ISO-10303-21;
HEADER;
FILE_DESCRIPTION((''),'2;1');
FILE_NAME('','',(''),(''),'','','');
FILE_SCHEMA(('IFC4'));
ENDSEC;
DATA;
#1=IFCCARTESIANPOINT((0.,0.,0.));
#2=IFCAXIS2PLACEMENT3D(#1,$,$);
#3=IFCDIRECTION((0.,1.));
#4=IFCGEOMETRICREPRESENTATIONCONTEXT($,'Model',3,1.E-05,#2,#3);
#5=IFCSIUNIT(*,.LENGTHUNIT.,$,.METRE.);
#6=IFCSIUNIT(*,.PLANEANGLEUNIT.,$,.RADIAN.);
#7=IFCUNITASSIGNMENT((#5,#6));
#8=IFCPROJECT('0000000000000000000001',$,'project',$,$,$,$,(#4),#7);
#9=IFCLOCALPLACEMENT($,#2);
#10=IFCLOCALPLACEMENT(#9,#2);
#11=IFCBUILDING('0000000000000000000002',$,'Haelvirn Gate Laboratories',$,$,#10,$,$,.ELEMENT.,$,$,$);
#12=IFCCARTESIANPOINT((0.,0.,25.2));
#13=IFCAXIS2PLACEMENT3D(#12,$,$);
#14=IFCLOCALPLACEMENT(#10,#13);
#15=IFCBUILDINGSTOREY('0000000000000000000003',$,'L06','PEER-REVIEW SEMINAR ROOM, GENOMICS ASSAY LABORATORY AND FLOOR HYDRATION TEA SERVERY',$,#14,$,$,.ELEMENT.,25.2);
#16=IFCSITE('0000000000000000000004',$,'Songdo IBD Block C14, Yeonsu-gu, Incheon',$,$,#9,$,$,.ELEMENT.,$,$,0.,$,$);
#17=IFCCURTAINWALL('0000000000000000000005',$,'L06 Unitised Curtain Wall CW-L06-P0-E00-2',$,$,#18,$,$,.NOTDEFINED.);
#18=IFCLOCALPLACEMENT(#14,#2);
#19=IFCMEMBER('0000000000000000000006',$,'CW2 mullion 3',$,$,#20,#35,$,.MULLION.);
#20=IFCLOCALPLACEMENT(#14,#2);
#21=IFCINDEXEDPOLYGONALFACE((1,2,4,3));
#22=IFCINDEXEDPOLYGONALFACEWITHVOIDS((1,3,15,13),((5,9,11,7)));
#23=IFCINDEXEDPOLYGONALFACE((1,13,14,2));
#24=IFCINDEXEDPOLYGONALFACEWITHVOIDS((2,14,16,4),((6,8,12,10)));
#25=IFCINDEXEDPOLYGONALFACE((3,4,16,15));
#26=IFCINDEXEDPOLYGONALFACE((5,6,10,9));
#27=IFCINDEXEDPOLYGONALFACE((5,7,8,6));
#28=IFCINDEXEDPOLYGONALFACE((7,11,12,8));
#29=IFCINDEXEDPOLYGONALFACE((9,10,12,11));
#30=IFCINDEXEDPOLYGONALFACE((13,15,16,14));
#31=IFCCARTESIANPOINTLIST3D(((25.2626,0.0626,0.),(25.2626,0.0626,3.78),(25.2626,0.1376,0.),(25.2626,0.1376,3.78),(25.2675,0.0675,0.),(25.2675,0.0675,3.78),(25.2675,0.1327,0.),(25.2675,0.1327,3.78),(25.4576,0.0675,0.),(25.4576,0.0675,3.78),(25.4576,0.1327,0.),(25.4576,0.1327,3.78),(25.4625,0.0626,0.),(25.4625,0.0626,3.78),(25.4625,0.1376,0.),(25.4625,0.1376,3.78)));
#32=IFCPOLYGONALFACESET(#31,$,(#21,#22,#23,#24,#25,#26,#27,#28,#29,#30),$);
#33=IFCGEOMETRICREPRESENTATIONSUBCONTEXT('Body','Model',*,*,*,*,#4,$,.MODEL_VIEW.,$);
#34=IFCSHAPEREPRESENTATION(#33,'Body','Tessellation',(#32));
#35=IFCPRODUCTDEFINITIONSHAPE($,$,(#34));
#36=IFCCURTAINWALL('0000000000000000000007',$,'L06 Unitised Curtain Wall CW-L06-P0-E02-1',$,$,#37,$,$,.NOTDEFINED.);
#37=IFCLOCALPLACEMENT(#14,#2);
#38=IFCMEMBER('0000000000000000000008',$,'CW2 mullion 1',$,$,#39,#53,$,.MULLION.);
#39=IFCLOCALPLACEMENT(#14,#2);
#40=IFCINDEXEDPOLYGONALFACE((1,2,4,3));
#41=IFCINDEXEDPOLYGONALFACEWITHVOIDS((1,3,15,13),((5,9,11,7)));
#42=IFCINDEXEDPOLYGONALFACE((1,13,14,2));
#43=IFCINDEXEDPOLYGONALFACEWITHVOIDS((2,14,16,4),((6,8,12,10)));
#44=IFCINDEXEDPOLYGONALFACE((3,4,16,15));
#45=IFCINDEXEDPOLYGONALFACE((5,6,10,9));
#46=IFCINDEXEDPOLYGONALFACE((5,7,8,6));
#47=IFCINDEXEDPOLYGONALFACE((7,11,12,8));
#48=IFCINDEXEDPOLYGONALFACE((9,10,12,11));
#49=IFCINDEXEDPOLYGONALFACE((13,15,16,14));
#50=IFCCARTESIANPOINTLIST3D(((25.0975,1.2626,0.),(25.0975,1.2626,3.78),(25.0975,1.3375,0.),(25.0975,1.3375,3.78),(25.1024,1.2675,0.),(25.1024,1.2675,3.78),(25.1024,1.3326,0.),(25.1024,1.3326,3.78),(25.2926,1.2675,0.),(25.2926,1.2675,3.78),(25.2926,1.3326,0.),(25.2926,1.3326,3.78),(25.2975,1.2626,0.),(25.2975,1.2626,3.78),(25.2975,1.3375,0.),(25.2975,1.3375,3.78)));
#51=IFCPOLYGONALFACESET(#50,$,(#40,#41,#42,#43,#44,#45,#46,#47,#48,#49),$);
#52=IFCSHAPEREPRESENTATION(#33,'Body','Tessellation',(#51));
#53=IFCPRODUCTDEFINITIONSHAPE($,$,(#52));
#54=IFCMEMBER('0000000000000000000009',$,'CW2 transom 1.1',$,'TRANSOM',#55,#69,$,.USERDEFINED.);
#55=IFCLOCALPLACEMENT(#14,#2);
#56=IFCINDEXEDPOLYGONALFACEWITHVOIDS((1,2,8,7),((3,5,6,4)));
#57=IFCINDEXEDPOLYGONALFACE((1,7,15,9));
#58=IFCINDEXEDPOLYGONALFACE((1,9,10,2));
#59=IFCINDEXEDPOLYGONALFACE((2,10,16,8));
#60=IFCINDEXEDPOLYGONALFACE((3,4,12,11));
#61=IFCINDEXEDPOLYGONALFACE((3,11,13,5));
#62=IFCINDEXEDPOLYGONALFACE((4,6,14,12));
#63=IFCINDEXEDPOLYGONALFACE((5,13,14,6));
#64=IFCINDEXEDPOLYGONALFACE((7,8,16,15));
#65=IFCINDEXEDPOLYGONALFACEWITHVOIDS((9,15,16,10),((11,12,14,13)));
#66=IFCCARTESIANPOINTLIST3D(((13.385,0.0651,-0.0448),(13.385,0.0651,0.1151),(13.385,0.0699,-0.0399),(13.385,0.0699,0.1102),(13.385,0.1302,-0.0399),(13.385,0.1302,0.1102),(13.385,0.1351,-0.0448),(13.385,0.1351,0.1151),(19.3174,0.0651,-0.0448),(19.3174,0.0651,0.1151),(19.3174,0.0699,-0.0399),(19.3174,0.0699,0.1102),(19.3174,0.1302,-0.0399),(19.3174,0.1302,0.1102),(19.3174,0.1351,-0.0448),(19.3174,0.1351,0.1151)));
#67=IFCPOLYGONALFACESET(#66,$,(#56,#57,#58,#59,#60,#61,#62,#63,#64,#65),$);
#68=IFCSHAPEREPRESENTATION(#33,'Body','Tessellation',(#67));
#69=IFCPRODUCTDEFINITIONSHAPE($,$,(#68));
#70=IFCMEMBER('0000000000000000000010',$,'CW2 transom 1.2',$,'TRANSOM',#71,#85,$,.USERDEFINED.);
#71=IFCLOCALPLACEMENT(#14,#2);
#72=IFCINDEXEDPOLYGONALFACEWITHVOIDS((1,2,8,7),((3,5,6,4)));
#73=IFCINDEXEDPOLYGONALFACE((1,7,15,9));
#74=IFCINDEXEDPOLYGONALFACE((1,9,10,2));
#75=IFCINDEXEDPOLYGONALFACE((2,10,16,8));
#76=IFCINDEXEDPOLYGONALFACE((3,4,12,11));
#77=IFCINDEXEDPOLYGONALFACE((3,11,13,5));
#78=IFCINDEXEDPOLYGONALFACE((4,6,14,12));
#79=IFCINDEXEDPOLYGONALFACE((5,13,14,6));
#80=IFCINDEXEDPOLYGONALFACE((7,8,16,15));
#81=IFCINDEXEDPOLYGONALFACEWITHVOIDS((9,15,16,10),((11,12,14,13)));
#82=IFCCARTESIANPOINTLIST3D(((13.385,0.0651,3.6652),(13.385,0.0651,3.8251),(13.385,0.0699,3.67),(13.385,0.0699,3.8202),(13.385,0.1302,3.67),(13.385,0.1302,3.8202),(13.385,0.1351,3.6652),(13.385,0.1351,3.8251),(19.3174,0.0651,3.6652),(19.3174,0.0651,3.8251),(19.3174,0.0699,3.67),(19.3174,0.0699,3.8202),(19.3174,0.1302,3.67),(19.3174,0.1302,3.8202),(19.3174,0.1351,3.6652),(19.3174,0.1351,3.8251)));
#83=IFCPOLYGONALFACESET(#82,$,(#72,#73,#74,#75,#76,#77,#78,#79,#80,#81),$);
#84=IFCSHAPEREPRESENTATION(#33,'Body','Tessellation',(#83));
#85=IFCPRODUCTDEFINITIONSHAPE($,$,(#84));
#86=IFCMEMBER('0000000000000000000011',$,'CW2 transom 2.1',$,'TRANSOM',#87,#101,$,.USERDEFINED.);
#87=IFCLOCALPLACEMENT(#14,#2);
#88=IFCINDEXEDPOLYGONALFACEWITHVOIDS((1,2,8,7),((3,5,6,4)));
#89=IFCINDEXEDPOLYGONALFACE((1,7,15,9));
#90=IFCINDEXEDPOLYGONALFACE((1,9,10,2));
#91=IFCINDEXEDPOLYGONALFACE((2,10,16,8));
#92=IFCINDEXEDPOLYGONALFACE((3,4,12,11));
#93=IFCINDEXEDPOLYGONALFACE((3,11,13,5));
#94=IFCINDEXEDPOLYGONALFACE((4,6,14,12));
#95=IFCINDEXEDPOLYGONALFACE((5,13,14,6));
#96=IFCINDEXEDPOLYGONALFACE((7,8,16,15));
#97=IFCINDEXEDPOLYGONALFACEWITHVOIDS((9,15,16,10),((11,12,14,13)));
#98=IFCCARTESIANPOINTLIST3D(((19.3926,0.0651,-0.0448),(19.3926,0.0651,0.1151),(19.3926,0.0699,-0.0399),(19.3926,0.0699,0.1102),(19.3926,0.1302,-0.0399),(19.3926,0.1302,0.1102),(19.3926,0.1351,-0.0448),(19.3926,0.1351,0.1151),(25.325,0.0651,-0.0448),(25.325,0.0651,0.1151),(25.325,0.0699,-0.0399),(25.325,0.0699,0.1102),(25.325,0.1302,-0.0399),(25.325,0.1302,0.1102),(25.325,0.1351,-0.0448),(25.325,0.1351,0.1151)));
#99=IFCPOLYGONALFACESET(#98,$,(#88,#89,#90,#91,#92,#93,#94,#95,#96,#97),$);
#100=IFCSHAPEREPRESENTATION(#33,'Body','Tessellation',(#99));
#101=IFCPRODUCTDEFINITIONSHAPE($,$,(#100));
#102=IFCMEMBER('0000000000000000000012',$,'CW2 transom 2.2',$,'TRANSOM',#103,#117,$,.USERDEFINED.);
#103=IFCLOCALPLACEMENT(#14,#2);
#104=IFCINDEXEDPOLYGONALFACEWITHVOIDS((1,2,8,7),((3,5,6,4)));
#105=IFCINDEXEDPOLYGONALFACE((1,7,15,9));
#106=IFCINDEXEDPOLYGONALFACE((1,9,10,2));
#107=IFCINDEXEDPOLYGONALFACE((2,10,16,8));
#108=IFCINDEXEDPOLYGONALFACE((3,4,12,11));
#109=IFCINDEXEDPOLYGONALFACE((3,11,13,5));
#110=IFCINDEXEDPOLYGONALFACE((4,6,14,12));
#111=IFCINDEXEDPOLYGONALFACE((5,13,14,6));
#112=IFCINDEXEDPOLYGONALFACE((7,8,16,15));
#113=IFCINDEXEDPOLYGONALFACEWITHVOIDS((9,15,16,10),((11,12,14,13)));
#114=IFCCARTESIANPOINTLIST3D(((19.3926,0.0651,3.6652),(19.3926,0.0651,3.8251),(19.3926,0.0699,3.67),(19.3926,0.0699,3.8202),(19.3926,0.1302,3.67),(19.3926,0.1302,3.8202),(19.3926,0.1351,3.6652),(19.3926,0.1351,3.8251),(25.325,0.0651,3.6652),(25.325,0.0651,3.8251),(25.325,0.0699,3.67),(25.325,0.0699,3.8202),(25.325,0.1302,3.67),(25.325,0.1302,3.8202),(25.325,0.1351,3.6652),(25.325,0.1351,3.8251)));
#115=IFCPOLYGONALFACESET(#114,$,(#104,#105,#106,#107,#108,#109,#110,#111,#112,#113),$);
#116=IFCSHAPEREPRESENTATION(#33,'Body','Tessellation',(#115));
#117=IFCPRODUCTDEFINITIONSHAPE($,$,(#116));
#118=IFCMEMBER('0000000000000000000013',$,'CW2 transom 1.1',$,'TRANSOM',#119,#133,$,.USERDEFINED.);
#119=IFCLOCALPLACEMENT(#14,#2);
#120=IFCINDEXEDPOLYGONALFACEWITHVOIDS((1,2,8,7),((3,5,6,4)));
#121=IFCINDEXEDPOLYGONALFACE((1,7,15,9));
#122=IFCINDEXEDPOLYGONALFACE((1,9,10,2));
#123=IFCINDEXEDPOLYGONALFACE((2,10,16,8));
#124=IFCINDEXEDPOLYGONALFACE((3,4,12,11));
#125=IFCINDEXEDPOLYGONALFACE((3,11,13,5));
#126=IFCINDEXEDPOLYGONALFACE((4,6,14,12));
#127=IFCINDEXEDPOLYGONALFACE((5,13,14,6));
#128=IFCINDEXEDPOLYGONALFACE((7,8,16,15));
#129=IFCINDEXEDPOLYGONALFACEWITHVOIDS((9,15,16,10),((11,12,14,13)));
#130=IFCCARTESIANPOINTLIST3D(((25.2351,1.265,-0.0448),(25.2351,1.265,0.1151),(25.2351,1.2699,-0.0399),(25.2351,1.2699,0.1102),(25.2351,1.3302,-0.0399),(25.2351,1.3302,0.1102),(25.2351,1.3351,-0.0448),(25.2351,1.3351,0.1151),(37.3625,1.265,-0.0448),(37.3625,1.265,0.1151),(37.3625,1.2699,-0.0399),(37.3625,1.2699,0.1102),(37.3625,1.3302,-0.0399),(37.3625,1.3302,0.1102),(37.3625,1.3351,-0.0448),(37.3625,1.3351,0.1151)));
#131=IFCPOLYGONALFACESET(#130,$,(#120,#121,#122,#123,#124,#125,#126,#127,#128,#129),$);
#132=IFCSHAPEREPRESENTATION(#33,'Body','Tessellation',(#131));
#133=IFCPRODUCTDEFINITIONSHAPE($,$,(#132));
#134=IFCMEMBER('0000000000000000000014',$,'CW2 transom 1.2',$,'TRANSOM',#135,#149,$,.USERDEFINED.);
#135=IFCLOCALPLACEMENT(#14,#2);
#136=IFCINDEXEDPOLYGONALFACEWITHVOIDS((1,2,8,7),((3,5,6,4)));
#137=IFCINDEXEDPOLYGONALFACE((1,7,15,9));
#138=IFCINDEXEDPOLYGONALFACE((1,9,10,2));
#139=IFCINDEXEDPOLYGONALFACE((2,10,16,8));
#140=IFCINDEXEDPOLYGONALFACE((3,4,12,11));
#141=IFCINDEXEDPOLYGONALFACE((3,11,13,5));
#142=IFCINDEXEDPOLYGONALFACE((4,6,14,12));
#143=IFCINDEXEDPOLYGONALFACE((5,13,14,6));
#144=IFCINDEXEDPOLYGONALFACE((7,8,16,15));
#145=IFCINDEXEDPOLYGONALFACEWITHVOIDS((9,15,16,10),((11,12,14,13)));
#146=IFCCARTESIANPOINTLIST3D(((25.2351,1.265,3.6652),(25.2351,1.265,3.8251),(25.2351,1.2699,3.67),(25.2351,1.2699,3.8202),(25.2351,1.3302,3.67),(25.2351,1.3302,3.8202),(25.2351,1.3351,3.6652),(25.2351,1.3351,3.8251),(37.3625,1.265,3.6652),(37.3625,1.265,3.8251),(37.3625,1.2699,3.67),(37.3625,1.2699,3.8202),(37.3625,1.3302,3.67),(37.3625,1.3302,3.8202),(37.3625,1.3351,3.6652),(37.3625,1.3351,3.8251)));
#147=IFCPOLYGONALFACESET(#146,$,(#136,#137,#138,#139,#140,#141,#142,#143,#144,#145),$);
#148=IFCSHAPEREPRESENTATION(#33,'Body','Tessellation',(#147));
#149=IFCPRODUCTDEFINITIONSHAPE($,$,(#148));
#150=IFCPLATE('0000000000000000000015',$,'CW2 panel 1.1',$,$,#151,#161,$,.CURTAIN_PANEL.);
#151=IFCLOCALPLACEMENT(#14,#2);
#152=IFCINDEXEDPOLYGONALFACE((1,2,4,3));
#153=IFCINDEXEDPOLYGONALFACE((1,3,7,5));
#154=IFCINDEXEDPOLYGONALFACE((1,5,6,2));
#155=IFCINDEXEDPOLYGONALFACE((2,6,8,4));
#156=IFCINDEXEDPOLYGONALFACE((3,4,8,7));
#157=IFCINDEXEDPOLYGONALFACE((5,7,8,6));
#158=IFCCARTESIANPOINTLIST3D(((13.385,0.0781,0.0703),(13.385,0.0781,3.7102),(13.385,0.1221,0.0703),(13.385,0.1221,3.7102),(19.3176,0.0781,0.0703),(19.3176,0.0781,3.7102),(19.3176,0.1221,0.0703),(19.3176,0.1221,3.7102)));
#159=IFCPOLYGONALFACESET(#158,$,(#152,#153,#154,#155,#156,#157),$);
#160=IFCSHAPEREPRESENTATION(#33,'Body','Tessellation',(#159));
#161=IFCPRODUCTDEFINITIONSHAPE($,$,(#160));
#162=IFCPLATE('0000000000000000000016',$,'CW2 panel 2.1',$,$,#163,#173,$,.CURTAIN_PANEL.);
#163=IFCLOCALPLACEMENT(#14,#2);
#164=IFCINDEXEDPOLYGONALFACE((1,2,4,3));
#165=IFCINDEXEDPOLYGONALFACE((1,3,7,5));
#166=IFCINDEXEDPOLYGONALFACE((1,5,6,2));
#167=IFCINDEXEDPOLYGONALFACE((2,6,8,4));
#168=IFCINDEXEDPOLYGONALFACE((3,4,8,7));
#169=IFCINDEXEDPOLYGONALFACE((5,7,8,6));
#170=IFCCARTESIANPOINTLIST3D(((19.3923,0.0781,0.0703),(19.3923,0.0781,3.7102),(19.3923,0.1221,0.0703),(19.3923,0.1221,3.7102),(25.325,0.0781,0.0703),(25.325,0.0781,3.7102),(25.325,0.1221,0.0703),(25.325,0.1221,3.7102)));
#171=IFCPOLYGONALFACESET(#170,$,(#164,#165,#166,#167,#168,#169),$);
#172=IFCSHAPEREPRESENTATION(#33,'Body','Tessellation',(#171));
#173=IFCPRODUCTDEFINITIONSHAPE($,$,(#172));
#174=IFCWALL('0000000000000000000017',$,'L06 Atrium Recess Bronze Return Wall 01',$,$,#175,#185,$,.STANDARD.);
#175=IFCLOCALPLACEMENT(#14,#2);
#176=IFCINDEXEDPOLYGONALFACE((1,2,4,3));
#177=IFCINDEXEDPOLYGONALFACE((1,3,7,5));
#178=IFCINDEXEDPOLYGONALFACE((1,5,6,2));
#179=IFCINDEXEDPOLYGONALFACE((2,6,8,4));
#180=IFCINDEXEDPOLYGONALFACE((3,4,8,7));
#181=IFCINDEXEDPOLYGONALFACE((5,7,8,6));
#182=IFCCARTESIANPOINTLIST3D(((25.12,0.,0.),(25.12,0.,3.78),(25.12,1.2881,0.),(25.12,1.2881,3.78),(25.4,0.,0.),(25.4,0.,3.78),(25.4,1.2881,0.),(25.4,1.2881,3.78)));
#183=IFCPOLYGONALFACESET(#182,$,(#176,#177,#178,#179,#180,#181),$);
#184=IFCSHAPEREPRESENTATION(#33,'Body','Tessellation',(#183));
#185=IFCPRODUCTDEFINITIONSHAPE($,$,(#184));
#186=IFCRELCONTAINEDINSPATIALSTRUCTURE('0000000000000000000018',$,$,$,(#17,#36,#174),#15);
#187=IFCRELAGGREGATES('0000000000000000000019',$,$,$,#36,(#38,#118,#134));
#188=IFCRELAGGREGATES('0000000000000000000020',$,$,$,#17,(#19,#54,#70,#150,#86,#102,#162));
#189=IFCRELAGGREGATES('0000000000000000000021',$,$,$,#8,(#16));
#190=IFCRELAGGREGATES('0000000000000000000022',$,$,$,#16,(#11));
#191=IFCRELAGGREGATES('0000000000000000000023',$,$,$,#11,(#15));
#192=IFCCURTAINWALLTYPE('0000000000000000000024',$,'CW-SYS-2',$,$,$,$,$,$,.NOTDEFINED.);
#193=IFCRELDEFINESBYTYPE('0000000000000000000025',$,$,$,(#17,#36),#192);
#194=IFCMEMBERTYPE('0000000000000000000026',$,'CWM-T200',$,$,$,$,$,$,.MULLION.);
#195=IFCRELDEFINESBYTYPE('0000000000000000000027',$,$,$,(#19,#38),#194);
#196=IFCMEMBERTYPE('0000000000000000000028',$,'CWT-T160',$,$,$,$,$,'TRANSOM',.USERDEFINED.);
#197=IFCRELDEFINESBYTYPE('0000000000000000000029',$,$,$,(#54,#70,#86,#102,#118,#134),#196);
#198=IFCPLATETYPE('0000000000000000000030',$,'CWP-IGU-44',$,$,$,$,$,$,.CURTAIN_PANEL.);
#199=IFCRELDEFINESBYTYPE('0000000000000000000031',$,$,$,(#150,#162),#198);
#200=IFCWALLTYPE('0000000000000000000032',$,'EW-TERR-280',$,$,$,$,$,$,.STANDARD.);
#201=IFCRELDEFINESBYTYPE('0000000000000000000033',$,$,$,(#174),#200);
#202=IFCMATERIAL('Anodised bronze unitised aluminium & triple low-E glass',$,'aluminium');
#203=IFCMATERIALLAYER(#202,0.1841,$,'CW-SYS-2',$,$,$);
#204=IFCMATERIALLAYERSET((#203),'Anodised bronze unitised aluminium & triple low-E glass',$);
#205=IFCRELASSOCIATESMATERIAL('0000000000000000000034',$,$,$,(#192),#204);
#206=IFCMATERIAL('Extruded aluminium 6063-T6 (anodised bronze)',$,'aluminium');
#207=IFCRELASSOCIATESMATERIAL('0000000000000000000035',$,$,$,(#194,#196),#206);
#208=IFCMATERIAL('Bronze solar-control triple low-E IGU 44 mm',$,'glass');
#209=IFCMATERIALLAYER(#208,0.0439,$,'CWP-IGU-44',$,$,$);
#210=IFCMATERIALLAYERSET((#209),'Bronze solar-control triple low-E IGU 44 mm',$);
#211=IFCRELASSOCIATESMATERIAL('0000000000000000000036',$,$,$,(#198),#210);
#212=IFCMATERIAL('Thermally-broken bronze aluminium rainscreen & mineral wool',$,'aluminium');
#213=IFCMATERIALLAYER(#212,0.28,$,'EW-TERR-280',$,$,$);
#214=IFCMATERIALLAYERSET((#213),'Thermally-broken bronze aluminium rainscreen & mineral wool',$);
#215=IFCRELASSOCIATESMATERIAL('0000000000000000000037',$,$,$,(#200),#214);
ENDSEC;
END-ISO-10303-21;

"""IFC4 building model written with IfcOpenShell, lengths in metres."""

from ifc_helpers import new_model, si_unit, direction, frame, frame_2d, origin, origin_2d, place, context, subcontext, project, spatial, rectangle, hollow_rectangle, extrude, source, transform, mapped, material, layer, layer_set, material_profile, profile_set, type_object, type_shapes, element, aggregate, save


model = new_model("IFC4")

# Units and contexts
model_context = context("Model", 3, precision=1e-05, world=origin(), true_north=direction((0.0, 1.0)))
body_context = subcontext(model_context, "Body", "Model", "MODEL_VIEW")
ifc_project = project(units=[si_unit("LENGTHUNIT", "METRE"), si_unit("PLANEANGLEUNIT", "RADIAN")], contexts=[model_context])

# Site, building, storey
site_placement = place(None, origin())
site = spatial("IfcSite", under=ifc_project, at=site_placement, Name="Songdo IBD Block C14, Yeonsu-gu, Incheon", CompositionType="ELEMENT", RefElevation=0.0)
building_placement = place(site_placement, origin())
building = spatial("IfcBuilding", under=site, at=building_placement, Name="Haelvirn Gate Laboratories", CompositionType="ELEMENT")
storey_placement = place(building_placement, frame((0.0, 0.0, 25.2)))
storey = spatial("IfcBuildingStorey", under=building, at=storey_placement, Name="L06", Description="PEER-REVIEW SEMINAR ROOM, GENOMICS ASSAY LABORATORY AND FLOOR HYDRATION TEA SERVERY", CompositionType="ELEMENT", Elevation=25.2)

# Curtain wall, member
ifc_material_1 = material(Name="Anodised bronze unitised aluminium & triple low-E glass", Category="aluminium")
ifc_layer_1 = layer(ifc_material_1, 0.1841, Name="CW-SYS-2")
ifc_layer_set_1 = layer_set([ifc_layer_1], Name="Anodised bronze unitised aluminium & triple low-E glass")
curtain_wall_type = type_object("IfcCurtainWallType", Name="CW-SYS-2", PredefinedType="NOTDEFINED", material=ifc_layer_set_1)
curtain_wall_1_placement = place(storey_placement, origin())
curtain_wall_1 = element("IfcCurtainWall", 1, at=curtain_wall_1_placement, inside=storey, type_object=curtain_wall_type, Name="L06 Unitised Curtain Wall CW-L06-P0-E00-2", PredefinedType="NOTDEFINED")
ifc_material_2 = material(Name="Extruded aluminium 6063-T6 (anodised bronze)", Category="aluminium")
ifc_material_profile_1 = material_profile(ifc_material_2, hollow_rectangle(XDim=0.075, YDim=0.2, WallThickness=0.0049, at=origin_2d()), Name="CWM-200x75x5")
ifc_profile_set_1 = profile_set([ifc_material_profile_1], Name="Extruded aluminium 6063-T6 (anodised bronze)")
member_type_1 = type_object("IfcMemberType", Name="CWM-T200", PredefinedType="MULLION", material=ifc_profile_set_1)
shared_shape_1 = source(origin(), body_context, "Body", "SweptSolid", [
    extrude(hollow_rectangle(XDim=0.075, YDim=0.2, WallThickness=0.0049, at=origin_2d()), origin(), (0.0, 0.0, 1.0), 3.78),
])
type_shapes(member_type_1, [shared_shape_1])
member_1_placement = place(storey_placement, frame((25.3625, 0.1001, 0.0), z_axis=(0.0, 0.0, 1.0), x_axis=(0.0, 1.0, 0.0)))
member_1 = element("IfcMember", 2, at=member_1_placement, type_object=member_type_1, Name="CW2 mullion 3", PredefinedType="MULLION", context=body_context, shape_type="MappedRepresentation", body=[
    mapped(shared_shape_1, transform((0.0, 0.0, 0.0), scale=1.0)),
])

# Curtain wall, member
curtain_wall_2_placement = place(storey_placement, origin())
curtain_wall_2 = element("IfcCurtainWall", 3, at=curtain_wall_2_placement, inside=storey, type_object=curtain_wall_type, Name="L06 Unitised Curtain Wall CW-L06-P0-E02-1", PredefinedType="NOTDEFINED")
member_2_placement = place(storey_placement, frame((25.1975, 1.3, 0.0), z_axis=(0.0, 0.0, 1.0), x_axis=(0.0, 1.0, 0.0)))
member_2 = element("IfcMember", 4, at=member_2_placement, type_object=member_type_1, Name="CW2 mullion 1", PredefinedType="MULLION", context=body_context, shape_type="MappedRepresentation", body=[
    mapped(shared_shape_1, transform((0.0, 0.0, 0.0), scale=1.0)),
])

# Members
ifc_material_profile_2 = material_profile(ifc_material_2, hollow_rectangle(XDim=0.0701, YDim=0.1599, WallThickness=0.0049, at=origin_2d()), Name="CWT-160x70x5")
ifc_profile_set_2 = profile_set([ifc_material_profile_2], Name="Extruded aluminium 6063-T6 (anodised bronze)")
member_type_2 = type_object("IfcMemberType", Name="CWT-T160", ElementType="TRANSOM", PredefinedType="USERDEFINED", material=ifc_profile_set_2)
shared_shape_2 = source(origin(), body_context, "Body", "SweptSolid", [
    extrude(hollow_rectangle(XDim=0.0701, YDim=0.1599, WallThickness=0.0049, at=origin_2d()), origin(), (0.0, 0.0, 1.0), 5.9324),
])
member_3_placement = place(storey_placement, frame((13.385, 0.1001, 0.0352), z_axis=(1.0, 0.0, 0.0), x_axis=(0.0, 1.0, 0.0)))
member_3 = element("IfcMember", 5, at=member_3_placement, type_object=member_type_2, Name="CW2 transom 1.1", ObjectType="TRANSOM", PredefinedType="USERDEFINED", context=body_context, shape_type="MappedRepresentation", body=[
    mapped(shared_shape_2, transform((0.0, 0.0, 0.0), scale=1.0)),
])
member_4_placement = place(storey_placement, frame((13.385, 0.1001, 3.7451), z_axis=(1.0, 0.0, 0.0), x_axis=(0.0, 1.0, 0.0)))
member_4 = element("IfcMember", 6, at=member_4_placement, type_object=member_type_2, Name="CW2 transom 1.2", ObjectType="TRANSOM", PredefinedType="USERDEFINED", context=body_context, shape_type="MappedRepresentation", body=[
    mapped(shared_shape_2, transform((0.0, 0.0, 0.0), scale=1.0)),
])
member_5_placement = place(storey_placement, frame((19.3926, 0.1001, 0.0352), z_axis=(1.0, 0.0, 0.0), x_axis=(0.0, 1.0, 0.0)))
member_5 = element("IfcMember", 7, at=member_5_placement, type_object=member_type_2, Name="CW2 transom 2.1", ObjectType="TRANSOM", PredefinedType="USERDEFINED", context=body_context, shape_type="MappedRepresentation", body=[
    mapped(shared_shape_2, transform((0.0, 0.0, 0.0), scale=1.0)),
])
member_6_placement = place(storey_placement, frame((19.3926, 0.1001, 3.7451), z_axis=(1.0, 0.0, 0.0), x_axis=(0.0, 1.0, 0.0)))
member_6 = element("IfcMember", 8, at=member_6_placement, type_object=member_type_2, Name="CW2 transom 2.2", ObjectType="TRANSOM", PredefinedType="USERDEFINED", context=body_context, shape_type="MappedRepresentation", body=[
    mapped(shared_shape_2, transform((0.0, 0.0, 0.0), scale=1.0)),
])
shared_shape_3 = source(origin(), body_context, "Body", "SweptSolid", [
    extrude(hollow_rectangle(XDim=0.0701, YDim=0.1599, WallThickness=0.0049, at=origin_2d()), origin(), (0.0, 0.0, 1.0), 12.1274),
])
type_shapes(member_type_2, [shared_shape_2, shared_shape_3])
member_7_placement = place(storey_placement, frame((25.2351, 1.3, 0.0352), z_axis=(1.0, 0.0, 0.0), x_axis=(0.0, 1.0, 0.0)))
member_7 = element("IfcMember", 9, at=member_7_placement, type_object=member_type_2, Name="CW2 transom 1.1", ObjectType="TRANSOM", PredefinedType="USERDEFINED", context=body_context, shape_type="MappedRepresentation", body=[
    mapped(shared_shape_3, transform((0.0, 0.0, 0.0), scale=1.0)),
])
member_8_placement = place(storey_placement, frame((25.2351, 1.3, 3.7451), z_axis=(1.0, 0.0, 0.0), x_axis=(0.0, 1.0, 0.0)))
member_8 = element("IfcMember", 10, at=member_8_placement, type_object=member_type_2, Name="CW2 transom 1.2", ObjectType="TRANSOM", PredefinedType="USERDEFINED", context=body_context, shape_type="MappedRepresentation", body=[
    mapped(shared_shape_3, transform((0.0, 0.0, 0.0), scale=1.0)),
])
aggregate(curtain_wall_2, [member_2, member_7, member_8])

# Plates
ifc_material_3 = material(Name="Bronze solar-control triple low-E IGU 44 mm", Category="glass")
ifc_layer_2 = layer(ifc_material_3, 0.0439, Name="CWP-IGU-44")
ifc_layer_set_2 = layer_set([ifc_layer_2], Name="Bronze solar-control triple low-E IGU 44 mm")
plate_type = type_object("IfcPlateType", Name="CWP-IGU-44", PredefinedType="CURTAIN_PANEL", material=ifc_layer_set_2)
shared_shape_4 = source(origin(), body_context, "Body", "SweptSolid", [
    extrude(rectangle(XDim=5.9326, YDim=0.0439, at=origin_2d()), origin(), (0.0, 0.0, 1.0), 3.6399),
])
type_shapes(plate_type, [shared_shape_4])
plate_1_placement = place(storey_placement, frame((16.3513, 0.1001, 0.0703), z_axis=(0.0, 0.0, 1.0), x_axis=(1.0, 0.0, 0.0)))
plate_1 = element("IfcPlate", 11, at=plate_1_placement, type_object=plate_type, Name="CW2 panel 1.1", PredefinedType="CURTAIN_PANEL", context=body_context, shape_type="MappedRepresentation", body=[
    mapped(shared_shape_4, transform((0.0, 0.0, 0.0), scale=1.0)),
])
plate_2_placement = place(storey_placement, frame((22.3586, 0.1001, 0.0703), z_axis=(0.0, 0.0, 1.0), x_axis=(1.0, 0.0, 0.0)))
plate_2 = element("IfcPlate", 12, at=plate_2_placement, type_object=plate_type, Name="CW2 panel 2.1", PredefinedType="CURTAIN_PANEL", context=body_context, shape_type="MappedRepresentation", body=[
    mapped(shared_shape_4, transform((0.0, 0.0, 0.0), scale=1.0)),
])
aggregate(curtain_wall_1, [member_1, member_3, member_4, plate_1, member_5, member_6, plate_2])

# Wall
ifc_material_4 = material(Name="Thermally-broken bronze aluminium rainscreen & mineral wool", Category="aluminium")
ifc_layer_3 = layer(ifc_material_4, 0.28, Name="EW-TERR-280")
ifc_layer_set_3 = layer_set([ifc_layer_3], Name="Thermally-broken bronze aluminium rainscreen & mineral wool")
wall_type_1 = type_object("IfcWallType", Name="EW-TERR-280", PredefinedType="STANDARD", material=ifc_layer_set_3)
wall_1_placement = place(storey_placement, frame((25.26, 0.0, 0.0), z_axis=(0.0, 0.0, 1.0), x_axis=(0.0, 1.0, 0.0)))
element("IfcWall", 13, at=wall_1_placement, inside=storey, type_object=wall_type_1, Name="L06 Atrium Recess Bronze Return Wall 01", PredefinedType="STANDARD", context=body_context, shape_type="SweptSolid", body=[
    extrude(rectangle(XDim=1.2881, YDim=0.28, at=frame_2d((0.644, 0.0))), origin(), (0.0, 0.0, 1.0), 3.78),
])

save(model, "model.ifc")
